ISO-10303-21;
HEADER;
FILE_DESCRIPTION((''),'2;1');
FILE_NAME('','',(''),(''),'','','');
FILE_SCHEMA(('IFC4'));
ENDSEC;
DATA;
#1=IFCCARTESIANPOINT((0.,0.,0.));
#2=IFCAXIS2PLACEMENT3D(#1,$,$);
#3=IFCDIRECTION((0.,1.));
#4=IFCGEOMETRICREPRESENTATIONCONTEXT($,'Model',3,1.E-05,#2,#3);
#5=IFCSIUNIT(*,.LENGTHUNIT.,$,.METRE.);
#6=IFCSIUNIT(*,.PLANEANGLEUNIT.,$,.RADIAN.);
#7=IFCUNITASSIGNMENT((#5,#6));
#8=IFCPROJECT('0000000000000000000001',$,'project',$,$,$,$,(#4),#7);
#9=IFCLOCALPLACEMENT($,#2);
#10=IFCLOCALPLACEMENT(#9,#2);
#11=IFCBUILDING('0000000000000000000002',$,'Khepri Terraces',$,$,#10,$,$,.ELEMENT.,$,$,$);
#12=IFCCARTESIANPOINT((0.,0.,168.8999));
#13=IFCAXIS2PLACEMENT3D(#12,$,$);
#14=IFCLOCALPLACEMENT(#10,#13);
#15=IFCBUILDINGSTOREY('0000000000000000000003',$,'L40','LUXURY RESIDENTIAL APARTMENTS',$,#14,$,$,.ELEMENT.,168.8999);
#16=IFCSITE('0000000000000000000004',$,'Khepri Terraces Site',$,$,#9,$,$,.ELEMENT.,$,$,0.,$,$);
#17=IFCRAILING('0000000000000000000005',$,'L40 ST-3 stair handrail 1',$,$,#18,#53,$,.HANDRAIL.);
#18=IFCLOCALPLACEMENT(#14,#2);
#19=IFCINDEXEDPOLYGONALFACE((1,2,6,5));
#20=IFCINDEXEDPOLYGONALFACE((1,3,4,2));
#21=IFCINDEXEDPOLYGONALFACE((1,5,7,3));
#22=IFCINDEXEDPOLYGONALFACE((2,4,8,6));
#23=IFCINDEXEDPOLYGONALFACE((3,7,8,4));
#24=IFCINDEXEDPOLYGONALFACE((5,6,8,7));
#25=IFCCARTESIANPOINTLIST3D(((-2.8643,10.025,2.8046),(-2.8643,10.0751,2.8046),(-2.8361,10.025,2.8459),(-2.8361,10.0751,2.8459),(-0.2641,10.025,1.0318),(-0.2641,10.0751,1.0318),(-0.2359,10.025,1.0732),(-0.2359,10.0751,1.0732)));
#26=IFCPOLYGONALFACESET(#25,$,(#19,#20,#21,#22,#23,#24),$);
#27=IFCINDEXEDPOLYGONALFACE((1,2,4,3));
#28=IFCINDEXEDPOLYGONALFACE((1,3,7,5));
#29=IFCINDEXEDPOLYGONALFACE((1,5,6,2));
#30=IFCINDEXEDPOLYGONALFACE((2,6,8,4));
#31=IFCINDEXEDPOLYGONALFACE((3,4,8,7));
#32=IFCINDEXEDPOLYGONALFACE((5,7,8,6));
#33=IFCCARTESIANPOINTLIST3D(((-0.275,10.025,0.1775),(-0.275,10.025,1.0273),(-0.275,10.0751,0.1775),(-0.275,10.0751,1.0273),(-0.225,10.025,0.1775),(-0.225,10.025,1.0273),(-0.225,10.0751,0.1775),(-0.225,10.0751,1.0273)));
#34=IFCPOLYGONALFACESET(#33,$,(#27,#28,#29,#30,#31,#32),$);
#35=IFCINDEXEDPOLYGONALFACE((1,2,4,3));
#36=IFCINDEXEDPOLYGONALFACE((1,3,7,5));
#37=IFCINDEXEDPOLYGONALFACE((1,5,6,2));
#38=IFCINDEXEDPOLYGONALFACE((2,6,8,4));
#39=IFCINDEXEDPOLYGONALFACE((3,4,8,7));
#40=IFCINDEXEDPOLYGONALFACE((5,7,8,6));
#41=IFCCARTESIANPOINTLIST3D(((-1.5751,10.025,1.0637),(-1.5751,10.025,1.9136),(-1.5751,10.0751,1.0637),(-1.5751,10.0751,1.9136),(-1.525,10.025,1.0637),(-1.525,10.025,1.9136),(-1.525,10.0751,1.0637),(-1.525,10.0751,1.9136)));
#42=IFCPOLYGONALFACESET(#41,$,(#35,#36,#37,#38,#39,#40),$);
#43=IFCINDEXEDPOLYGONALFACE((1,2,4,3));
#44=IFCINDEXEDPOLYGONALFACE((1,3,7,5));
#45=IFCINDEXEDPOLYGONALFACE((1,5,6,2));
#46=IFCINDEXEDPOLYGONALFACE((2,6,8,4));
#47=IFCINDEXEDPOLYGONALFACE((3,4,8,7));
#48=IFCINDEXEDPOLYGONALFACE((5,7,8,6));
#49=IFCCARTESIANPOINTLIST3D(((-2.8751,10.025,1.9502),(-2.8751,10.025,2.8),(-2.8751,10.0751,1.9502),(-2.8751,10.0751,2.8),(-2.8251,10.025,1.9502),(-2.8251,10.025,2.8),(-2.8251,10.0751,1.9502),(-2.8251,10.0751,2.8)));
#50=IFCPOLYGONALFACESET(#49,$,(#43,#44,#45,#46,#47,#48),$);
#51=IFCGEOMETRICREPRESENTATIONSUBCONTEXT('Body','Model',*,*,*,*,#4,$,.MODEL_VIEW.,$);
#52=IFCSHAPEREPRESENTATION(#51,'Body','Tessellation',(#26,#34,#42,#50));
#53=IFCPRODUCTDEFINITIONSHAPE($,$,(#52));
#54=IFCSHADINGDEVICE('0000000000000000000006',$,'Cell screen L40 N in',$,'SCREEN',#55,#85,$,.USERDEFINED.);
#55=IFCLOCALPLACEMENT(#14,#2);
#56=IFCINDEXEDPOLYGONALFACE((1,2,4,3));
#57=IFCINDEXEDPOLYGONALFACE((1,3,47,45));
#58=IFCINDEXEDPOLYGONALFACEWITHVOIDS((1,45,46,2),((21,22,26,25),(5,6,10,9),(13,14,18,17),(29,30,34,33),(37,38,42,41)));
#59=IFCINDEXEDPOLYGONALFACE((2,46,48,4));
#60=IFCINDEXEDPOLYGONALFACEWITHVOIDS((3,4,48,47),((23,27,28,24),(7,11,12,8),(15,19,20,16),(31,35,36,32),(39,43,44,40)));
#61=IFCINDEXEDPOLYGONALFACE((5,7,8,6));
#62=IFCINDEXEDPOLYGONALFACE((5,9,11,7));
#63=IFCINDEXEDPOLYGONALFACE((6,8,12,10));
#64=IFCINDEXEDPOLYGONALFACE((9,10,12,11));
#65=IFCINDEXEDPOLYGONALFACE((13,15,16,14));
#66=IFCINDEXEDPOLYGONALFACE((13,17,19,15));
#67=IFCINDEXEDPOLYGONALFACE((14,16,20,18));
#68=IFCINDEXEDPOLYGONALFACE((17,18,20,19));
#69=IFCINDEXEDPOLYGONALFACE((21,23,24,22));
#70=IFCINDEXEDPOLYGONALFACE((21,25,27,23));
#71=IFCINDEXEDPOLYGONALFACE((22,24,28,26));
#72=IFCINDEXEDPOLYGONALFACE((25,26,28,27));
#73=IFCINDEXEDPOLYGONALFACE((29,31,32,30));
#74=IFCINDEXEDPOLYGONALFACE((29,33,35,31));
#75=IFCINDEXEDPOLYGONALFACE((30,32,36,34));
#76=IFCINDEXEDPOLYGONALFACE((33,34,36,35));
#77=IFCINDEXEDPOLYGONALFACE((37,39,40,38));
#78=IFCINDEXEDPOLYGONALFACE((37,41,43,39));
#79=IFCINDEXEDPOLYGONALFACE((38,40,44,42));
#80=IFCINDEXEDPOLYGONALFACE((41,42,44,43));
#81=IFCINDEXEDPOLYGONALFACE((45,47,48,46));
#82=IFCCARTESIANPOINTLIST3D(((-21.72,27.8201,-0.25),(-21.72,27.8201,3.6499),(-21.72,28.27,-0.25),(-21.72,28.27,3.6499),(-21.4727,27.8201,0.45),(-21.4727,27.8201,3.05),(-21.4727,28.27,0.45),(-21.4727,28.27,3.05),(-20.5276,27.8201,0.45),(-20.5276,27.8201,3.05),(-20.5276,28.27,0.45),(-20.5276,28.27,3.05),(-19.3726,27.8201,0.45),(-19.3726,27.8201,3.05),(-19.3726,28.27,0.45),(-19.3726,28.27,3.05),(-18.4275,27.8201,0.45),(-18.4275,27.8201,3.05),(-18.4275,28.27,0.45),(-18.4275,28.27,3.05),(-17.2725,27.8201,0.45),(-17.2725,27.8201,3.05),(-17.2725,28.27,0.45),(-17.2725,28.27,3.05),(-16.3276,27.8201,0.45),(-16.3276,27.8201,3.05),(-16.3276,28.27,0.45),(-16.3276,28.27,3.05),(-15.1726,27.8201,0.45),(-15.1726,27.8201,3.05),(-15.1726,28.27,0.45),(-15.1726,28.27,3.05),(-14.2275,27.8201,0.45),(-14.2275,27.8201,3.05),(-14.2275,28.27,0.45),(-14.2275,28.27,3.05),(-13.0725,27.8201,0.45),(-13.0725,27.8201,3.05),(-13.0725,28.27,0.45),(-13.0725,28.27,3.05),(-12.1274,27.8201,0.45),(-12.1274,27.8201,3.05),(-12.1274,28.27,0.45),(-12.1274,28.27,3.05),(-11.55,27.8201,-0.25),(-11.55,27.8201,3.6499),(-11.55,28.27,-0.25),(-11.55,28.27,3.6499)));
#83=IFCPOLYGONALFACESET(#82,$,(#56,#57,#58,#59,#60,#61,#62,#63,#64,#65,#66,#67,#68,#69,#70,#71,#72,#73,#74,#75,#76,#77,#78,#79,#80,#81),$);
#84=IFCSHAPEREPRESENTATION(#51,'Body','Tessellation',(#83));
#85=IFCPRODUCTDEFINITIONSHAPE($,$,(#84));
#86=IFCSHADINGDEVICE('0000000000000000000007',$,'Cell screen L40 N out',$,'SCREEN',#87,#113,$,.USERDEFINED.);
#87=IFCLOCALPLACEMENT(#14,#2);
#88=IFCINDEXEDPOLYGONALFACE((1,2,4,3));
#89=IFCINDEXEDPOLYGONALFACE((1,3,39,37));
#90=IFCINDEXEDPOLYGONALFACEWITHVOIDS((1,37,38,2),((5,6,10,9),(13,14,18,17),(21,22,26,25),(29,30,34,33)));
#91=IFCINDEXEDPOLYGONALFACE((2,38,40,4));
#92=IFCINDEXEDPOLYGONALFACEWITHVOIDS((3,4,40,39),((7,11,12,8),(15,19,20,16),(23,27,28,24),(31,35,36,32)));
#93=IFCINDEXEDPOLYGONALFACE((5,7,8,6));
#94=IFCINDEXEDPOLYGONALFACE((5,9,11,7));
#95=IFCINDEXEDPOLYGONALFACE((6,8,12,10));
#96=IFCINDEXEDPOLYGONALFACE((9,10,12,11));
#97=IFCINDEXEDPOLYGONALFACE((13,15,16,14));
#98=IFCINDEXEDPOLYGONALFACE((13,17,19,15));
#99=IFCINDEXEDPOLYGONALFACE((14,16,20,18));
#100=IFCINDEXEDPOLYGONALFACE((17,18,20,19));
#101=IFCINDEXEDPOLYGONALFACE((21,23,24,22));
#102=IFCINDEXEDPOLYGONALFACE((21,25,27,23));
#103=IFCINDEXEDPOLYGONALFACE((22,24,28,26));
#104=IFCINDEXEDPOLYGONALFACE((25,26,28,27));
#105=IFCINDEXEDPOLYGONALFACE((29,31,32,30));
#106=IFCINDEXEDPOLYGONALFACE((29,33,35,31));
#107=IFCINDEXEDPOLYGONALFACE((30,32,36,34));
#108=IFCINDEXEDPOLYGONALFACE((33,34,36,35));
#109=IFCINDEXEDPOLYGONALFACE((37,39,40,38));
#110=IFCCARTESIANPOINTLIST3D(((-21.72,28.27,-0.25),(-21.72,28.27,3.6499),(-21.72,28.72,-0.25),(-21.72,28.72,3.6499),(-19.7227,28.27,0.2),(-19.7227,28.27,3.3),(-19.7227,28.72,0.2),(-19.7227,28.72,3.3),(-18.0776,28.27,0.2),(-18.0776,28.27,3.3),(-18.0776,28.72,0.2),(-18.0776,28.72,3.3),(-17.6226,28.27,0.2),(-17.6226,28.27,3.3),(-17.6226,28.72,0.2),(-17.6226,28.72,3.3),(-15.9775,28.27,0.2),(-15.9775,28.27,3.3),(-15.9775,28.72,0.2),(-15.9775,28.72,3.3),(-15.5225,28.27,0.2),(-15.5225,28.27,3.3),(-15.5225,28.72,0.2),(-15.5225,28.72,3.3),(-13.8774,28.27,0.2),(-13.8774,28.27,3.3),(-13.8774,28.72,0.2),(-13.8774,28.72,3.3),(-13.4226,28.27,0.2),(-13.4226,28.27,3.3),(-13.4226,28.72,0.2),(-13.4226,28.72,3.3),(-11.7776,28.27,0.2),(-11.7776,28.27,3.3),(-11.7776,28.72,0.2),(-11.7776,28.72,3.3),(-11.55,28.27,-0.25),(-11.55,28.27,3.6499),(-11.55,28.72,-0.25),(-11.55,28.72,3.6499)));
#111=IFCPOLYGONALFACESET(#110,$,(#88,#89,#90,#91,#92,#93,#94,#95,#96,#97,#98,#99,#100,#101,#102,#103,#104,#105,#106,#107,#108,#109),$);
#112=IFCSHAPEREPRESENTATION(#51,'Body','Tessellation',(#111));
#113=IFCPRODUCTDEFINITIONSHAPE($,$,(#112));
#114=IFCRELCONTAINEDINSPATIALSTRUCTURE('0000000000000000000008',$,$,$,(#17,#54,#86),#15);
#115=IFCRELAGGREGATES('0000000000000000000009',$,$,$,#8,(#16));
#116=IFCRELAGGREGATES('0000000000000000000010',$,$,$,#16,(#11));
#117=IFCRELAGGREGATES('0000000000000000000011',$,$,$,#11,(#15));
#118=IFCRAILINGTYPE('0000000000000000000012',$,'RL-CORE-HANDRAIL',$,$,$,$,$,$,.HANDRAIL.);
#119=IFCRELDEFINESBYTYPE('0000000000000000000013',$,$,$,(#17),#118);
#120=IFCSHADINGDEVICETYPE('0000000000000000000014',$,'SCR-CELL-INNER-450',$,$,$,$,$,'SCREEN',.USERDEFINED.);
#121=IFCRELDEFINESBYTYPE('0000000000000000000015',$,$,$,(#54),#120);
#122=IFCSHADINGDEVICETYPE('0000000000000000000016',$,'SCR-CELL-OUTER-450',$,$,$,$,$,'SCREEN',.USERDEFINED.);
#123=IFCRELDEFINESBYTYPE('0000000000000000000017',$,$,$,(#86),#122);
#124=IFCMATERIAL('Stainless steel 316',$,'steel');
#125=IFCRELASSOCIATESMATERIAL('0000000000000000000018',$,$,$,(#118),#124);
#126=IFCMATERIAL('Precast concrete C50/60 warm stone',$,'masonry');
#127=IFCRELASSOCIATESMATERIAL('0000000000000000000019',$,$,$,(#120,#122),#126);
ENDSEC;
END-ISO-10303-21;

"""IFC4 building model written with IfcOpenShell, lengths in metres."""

from ifc_helpers import new_model, si_unit, direction, frame, origin, origin_2d, place, context, subcontext, project, spatial, polyline, rectangle, outline, extrude, material, type_object, element, save


model = new_model("IFC4")

# Units and contexts
model_context = context("Model", 3, precision=1e-05, world=origin(), true_north=direction((0.0, 1.0)))
body_context = subcontext(model_context, "Body", "Model", "MODEL_VIEW")
ifc_project = project(units=[si_unit("LENGTHUNIT", "METRE"), si_unit("PLANEANGLEUNIT", "RADIAN")], contexts=[model_context])

# Site, building, storey
site_placement = place(None, origin())
site = spatial("IfcSite", under=ifc_project, at=site_placement, Name="Khepri Terraces Site", CompositionType="ELEMENT", RefElevation=0.0)
building_placement = place(site_placement, origin())
building = spatial("IfcBuilding", under=site, at=building_placement, Name="Khepri Terraces", CompositionType="ELEMENT")
storey_placement = place(building_placement, frame((0.0, 0.0, 168.8999)))
storey = spatial("IfcBuildingStorey", under=building, at=storey_placement, Name="L40", Description="LUXURY RESIDENTIAL APARTMENTS", CompositionType="ELEMENT", Elevation=168.8999)

# Shared definitions
ifc_material_1 = material(Name="Precast concrete C50/60 warm stone", Category="masonry")

# Railing
ifc_material_2 = material(Name="Stainless steel 316", Category="steel")
railing_type_1 = type_object("IfcRailingType", Name="RL-CORE-HANDRAIL", PredefinedType="HANDRAIL", material=ifc_material_2)
railing_1_placement = place(storey_placement, frame((-0.25, 10.05, 0.1775)))
element("IfcRailing", 1, at=railing_1_placement, inside=storey, type_object=railing_type_1, Name="L40 ST-3 stair handrail 1", PredefinedType="HANDRAIL", context=body_context, shape_type="SweptSolid", body=[
    extrude(rectangle(XDim=0.05, YDim=0.05, at=origin_2d()), frame((0.0, 0.0, 0.875), z_axis=(-0.82624, 0.0, 0.563318), x_axis=(0.0, -1.0, 0.0)), (0.0, 0.0, 1.0), 3.147),
    extrude(rectangle(XDim=0.05, YDim=0.05, at=origin_2d()), origin(), (0.0, 0.0, 1.0), 0.8499),
    extrude(rectangle(XDim=0.05, YDim=0.05, at=origin_2d()), frame((-1.3, 0.0, 0.8862)), (0.0, 0.0, 1.0), 0.8499),
    extrude(rectangle(XDim=0.05, YDim=0.05, at=origin_2d()), frame((-2.6001, 0.0, 1.7727)), (0.0, 0.0, 1.0), 0.8499),
])

# Shading devices
shading_device_type_1 = type_object("IfcShadingDeviceType", Name="SCR-CELL-INNER-450", ElementType="SCREEN", PredefinedType="USERDEFINED", material=ifc_material_1)
shading_device_1_placement = place(storey_placement, frame((-11.55, 27.8201, -0.25), z_axis=(0.0, 1.0, 0.0), x_axis=(-1.0, 0.0, 0.0)))
element("IfcShadingDevice", 2, at=shading_device_1_placement, inside=storey, type_object=shading_device_type_1, Name="Cell screen L40 N in", ObjectType="SCREEN", PredefinedType="USERDEFINED", context=body_context, shape_type="SweptSolid", body=[
    extrude(outline(polyline([(0.0, 0.0), (10.1699, 0.0), (10.1699, 3.8999), (0.0, 3.8999), (0.0, 0.0)]), holes=[polyline([(0.5774, 0.7), (1.5225, 0.7), (1.5225, 3.3), (0.5774, 3.3), (0.5774, 0.7)]), polyline([(2.6775, 0.7), (3.6226, 0.7), (3.6226, 3.3), (2.6775, 3.3), (2.6775, 0.7)]), polyline([(4.7776, 0.7), (5.7224, 0.7), (5.7224, 3.3), (4.7776, 3.3), (4.7776, 0.7)]), polyline([(6.8774, 0.7), (7.8225, 0.7), (7.8225, 3.3), (6.8774, 3.3), (6.8774, 0.7)]), polyline([(8.9775, 0.7), (9.9226, 0.7), (9.9226, 3.3), (8.9775, 3.3), (8.9775, 0.7)])]), origin(), (0.0, 0.0, 1.0), 0.45),
])
shading_device_type_2 = type_object("IfcShadingDeviceType", Name="SCR-CELL-OUTER-450", ElementType="SCREEN", PredefinedType="USERDEFINED", material=ifc_material_1)
shading_device_2_placement = place(storey_placement, frame((-11.55, 28.27, -0.25), z_axis=(0.0, 1.0, 0.0), x_axis=(-1.0, 0.0, 0.0)))
element("IfcShadingDevice", 3, at=shading_device_2_placement, inside=storey, type_object=shading_device_type_2, Name="Cell screen L40 N out", ObjectType="SCREEN", PredefinedType="USERDEFINED", context=body_context, shape_type="SweptSolid", body=[
    extrude(outline(polyline([(0.0, 0.0), (10.1699, 0.0), (10.1699, 3.8999), (0.0, 3.8999), (0.0, 0.0)]), holes=[polyline([(0.2275, 0.45), (1.8726, 0.45), (1.8726, 3.55), (0.2275, 3.55), (0.2275, 0.45)]), polyline([(2.3274, 0.45), (3.9724, 0.45), (3.9724, 3.55), (2.3274, 3.55), (2.3274, 0.45)]), polyline([(4.4275, 0.45), (6.0725, 0.45), (6.0725, 3.55), (4.4275, 3.55), (4.4275, 0.45)]), polyline([(6.5276, 0.45), (8.1726, 0.45), (8.1726, 3.55), (6.5276, 3.55), (6.5276, 0.45)])]), origin(), (0.0, 0.0, 1.0), 0.45),
])

save(model, "model.ifc")
